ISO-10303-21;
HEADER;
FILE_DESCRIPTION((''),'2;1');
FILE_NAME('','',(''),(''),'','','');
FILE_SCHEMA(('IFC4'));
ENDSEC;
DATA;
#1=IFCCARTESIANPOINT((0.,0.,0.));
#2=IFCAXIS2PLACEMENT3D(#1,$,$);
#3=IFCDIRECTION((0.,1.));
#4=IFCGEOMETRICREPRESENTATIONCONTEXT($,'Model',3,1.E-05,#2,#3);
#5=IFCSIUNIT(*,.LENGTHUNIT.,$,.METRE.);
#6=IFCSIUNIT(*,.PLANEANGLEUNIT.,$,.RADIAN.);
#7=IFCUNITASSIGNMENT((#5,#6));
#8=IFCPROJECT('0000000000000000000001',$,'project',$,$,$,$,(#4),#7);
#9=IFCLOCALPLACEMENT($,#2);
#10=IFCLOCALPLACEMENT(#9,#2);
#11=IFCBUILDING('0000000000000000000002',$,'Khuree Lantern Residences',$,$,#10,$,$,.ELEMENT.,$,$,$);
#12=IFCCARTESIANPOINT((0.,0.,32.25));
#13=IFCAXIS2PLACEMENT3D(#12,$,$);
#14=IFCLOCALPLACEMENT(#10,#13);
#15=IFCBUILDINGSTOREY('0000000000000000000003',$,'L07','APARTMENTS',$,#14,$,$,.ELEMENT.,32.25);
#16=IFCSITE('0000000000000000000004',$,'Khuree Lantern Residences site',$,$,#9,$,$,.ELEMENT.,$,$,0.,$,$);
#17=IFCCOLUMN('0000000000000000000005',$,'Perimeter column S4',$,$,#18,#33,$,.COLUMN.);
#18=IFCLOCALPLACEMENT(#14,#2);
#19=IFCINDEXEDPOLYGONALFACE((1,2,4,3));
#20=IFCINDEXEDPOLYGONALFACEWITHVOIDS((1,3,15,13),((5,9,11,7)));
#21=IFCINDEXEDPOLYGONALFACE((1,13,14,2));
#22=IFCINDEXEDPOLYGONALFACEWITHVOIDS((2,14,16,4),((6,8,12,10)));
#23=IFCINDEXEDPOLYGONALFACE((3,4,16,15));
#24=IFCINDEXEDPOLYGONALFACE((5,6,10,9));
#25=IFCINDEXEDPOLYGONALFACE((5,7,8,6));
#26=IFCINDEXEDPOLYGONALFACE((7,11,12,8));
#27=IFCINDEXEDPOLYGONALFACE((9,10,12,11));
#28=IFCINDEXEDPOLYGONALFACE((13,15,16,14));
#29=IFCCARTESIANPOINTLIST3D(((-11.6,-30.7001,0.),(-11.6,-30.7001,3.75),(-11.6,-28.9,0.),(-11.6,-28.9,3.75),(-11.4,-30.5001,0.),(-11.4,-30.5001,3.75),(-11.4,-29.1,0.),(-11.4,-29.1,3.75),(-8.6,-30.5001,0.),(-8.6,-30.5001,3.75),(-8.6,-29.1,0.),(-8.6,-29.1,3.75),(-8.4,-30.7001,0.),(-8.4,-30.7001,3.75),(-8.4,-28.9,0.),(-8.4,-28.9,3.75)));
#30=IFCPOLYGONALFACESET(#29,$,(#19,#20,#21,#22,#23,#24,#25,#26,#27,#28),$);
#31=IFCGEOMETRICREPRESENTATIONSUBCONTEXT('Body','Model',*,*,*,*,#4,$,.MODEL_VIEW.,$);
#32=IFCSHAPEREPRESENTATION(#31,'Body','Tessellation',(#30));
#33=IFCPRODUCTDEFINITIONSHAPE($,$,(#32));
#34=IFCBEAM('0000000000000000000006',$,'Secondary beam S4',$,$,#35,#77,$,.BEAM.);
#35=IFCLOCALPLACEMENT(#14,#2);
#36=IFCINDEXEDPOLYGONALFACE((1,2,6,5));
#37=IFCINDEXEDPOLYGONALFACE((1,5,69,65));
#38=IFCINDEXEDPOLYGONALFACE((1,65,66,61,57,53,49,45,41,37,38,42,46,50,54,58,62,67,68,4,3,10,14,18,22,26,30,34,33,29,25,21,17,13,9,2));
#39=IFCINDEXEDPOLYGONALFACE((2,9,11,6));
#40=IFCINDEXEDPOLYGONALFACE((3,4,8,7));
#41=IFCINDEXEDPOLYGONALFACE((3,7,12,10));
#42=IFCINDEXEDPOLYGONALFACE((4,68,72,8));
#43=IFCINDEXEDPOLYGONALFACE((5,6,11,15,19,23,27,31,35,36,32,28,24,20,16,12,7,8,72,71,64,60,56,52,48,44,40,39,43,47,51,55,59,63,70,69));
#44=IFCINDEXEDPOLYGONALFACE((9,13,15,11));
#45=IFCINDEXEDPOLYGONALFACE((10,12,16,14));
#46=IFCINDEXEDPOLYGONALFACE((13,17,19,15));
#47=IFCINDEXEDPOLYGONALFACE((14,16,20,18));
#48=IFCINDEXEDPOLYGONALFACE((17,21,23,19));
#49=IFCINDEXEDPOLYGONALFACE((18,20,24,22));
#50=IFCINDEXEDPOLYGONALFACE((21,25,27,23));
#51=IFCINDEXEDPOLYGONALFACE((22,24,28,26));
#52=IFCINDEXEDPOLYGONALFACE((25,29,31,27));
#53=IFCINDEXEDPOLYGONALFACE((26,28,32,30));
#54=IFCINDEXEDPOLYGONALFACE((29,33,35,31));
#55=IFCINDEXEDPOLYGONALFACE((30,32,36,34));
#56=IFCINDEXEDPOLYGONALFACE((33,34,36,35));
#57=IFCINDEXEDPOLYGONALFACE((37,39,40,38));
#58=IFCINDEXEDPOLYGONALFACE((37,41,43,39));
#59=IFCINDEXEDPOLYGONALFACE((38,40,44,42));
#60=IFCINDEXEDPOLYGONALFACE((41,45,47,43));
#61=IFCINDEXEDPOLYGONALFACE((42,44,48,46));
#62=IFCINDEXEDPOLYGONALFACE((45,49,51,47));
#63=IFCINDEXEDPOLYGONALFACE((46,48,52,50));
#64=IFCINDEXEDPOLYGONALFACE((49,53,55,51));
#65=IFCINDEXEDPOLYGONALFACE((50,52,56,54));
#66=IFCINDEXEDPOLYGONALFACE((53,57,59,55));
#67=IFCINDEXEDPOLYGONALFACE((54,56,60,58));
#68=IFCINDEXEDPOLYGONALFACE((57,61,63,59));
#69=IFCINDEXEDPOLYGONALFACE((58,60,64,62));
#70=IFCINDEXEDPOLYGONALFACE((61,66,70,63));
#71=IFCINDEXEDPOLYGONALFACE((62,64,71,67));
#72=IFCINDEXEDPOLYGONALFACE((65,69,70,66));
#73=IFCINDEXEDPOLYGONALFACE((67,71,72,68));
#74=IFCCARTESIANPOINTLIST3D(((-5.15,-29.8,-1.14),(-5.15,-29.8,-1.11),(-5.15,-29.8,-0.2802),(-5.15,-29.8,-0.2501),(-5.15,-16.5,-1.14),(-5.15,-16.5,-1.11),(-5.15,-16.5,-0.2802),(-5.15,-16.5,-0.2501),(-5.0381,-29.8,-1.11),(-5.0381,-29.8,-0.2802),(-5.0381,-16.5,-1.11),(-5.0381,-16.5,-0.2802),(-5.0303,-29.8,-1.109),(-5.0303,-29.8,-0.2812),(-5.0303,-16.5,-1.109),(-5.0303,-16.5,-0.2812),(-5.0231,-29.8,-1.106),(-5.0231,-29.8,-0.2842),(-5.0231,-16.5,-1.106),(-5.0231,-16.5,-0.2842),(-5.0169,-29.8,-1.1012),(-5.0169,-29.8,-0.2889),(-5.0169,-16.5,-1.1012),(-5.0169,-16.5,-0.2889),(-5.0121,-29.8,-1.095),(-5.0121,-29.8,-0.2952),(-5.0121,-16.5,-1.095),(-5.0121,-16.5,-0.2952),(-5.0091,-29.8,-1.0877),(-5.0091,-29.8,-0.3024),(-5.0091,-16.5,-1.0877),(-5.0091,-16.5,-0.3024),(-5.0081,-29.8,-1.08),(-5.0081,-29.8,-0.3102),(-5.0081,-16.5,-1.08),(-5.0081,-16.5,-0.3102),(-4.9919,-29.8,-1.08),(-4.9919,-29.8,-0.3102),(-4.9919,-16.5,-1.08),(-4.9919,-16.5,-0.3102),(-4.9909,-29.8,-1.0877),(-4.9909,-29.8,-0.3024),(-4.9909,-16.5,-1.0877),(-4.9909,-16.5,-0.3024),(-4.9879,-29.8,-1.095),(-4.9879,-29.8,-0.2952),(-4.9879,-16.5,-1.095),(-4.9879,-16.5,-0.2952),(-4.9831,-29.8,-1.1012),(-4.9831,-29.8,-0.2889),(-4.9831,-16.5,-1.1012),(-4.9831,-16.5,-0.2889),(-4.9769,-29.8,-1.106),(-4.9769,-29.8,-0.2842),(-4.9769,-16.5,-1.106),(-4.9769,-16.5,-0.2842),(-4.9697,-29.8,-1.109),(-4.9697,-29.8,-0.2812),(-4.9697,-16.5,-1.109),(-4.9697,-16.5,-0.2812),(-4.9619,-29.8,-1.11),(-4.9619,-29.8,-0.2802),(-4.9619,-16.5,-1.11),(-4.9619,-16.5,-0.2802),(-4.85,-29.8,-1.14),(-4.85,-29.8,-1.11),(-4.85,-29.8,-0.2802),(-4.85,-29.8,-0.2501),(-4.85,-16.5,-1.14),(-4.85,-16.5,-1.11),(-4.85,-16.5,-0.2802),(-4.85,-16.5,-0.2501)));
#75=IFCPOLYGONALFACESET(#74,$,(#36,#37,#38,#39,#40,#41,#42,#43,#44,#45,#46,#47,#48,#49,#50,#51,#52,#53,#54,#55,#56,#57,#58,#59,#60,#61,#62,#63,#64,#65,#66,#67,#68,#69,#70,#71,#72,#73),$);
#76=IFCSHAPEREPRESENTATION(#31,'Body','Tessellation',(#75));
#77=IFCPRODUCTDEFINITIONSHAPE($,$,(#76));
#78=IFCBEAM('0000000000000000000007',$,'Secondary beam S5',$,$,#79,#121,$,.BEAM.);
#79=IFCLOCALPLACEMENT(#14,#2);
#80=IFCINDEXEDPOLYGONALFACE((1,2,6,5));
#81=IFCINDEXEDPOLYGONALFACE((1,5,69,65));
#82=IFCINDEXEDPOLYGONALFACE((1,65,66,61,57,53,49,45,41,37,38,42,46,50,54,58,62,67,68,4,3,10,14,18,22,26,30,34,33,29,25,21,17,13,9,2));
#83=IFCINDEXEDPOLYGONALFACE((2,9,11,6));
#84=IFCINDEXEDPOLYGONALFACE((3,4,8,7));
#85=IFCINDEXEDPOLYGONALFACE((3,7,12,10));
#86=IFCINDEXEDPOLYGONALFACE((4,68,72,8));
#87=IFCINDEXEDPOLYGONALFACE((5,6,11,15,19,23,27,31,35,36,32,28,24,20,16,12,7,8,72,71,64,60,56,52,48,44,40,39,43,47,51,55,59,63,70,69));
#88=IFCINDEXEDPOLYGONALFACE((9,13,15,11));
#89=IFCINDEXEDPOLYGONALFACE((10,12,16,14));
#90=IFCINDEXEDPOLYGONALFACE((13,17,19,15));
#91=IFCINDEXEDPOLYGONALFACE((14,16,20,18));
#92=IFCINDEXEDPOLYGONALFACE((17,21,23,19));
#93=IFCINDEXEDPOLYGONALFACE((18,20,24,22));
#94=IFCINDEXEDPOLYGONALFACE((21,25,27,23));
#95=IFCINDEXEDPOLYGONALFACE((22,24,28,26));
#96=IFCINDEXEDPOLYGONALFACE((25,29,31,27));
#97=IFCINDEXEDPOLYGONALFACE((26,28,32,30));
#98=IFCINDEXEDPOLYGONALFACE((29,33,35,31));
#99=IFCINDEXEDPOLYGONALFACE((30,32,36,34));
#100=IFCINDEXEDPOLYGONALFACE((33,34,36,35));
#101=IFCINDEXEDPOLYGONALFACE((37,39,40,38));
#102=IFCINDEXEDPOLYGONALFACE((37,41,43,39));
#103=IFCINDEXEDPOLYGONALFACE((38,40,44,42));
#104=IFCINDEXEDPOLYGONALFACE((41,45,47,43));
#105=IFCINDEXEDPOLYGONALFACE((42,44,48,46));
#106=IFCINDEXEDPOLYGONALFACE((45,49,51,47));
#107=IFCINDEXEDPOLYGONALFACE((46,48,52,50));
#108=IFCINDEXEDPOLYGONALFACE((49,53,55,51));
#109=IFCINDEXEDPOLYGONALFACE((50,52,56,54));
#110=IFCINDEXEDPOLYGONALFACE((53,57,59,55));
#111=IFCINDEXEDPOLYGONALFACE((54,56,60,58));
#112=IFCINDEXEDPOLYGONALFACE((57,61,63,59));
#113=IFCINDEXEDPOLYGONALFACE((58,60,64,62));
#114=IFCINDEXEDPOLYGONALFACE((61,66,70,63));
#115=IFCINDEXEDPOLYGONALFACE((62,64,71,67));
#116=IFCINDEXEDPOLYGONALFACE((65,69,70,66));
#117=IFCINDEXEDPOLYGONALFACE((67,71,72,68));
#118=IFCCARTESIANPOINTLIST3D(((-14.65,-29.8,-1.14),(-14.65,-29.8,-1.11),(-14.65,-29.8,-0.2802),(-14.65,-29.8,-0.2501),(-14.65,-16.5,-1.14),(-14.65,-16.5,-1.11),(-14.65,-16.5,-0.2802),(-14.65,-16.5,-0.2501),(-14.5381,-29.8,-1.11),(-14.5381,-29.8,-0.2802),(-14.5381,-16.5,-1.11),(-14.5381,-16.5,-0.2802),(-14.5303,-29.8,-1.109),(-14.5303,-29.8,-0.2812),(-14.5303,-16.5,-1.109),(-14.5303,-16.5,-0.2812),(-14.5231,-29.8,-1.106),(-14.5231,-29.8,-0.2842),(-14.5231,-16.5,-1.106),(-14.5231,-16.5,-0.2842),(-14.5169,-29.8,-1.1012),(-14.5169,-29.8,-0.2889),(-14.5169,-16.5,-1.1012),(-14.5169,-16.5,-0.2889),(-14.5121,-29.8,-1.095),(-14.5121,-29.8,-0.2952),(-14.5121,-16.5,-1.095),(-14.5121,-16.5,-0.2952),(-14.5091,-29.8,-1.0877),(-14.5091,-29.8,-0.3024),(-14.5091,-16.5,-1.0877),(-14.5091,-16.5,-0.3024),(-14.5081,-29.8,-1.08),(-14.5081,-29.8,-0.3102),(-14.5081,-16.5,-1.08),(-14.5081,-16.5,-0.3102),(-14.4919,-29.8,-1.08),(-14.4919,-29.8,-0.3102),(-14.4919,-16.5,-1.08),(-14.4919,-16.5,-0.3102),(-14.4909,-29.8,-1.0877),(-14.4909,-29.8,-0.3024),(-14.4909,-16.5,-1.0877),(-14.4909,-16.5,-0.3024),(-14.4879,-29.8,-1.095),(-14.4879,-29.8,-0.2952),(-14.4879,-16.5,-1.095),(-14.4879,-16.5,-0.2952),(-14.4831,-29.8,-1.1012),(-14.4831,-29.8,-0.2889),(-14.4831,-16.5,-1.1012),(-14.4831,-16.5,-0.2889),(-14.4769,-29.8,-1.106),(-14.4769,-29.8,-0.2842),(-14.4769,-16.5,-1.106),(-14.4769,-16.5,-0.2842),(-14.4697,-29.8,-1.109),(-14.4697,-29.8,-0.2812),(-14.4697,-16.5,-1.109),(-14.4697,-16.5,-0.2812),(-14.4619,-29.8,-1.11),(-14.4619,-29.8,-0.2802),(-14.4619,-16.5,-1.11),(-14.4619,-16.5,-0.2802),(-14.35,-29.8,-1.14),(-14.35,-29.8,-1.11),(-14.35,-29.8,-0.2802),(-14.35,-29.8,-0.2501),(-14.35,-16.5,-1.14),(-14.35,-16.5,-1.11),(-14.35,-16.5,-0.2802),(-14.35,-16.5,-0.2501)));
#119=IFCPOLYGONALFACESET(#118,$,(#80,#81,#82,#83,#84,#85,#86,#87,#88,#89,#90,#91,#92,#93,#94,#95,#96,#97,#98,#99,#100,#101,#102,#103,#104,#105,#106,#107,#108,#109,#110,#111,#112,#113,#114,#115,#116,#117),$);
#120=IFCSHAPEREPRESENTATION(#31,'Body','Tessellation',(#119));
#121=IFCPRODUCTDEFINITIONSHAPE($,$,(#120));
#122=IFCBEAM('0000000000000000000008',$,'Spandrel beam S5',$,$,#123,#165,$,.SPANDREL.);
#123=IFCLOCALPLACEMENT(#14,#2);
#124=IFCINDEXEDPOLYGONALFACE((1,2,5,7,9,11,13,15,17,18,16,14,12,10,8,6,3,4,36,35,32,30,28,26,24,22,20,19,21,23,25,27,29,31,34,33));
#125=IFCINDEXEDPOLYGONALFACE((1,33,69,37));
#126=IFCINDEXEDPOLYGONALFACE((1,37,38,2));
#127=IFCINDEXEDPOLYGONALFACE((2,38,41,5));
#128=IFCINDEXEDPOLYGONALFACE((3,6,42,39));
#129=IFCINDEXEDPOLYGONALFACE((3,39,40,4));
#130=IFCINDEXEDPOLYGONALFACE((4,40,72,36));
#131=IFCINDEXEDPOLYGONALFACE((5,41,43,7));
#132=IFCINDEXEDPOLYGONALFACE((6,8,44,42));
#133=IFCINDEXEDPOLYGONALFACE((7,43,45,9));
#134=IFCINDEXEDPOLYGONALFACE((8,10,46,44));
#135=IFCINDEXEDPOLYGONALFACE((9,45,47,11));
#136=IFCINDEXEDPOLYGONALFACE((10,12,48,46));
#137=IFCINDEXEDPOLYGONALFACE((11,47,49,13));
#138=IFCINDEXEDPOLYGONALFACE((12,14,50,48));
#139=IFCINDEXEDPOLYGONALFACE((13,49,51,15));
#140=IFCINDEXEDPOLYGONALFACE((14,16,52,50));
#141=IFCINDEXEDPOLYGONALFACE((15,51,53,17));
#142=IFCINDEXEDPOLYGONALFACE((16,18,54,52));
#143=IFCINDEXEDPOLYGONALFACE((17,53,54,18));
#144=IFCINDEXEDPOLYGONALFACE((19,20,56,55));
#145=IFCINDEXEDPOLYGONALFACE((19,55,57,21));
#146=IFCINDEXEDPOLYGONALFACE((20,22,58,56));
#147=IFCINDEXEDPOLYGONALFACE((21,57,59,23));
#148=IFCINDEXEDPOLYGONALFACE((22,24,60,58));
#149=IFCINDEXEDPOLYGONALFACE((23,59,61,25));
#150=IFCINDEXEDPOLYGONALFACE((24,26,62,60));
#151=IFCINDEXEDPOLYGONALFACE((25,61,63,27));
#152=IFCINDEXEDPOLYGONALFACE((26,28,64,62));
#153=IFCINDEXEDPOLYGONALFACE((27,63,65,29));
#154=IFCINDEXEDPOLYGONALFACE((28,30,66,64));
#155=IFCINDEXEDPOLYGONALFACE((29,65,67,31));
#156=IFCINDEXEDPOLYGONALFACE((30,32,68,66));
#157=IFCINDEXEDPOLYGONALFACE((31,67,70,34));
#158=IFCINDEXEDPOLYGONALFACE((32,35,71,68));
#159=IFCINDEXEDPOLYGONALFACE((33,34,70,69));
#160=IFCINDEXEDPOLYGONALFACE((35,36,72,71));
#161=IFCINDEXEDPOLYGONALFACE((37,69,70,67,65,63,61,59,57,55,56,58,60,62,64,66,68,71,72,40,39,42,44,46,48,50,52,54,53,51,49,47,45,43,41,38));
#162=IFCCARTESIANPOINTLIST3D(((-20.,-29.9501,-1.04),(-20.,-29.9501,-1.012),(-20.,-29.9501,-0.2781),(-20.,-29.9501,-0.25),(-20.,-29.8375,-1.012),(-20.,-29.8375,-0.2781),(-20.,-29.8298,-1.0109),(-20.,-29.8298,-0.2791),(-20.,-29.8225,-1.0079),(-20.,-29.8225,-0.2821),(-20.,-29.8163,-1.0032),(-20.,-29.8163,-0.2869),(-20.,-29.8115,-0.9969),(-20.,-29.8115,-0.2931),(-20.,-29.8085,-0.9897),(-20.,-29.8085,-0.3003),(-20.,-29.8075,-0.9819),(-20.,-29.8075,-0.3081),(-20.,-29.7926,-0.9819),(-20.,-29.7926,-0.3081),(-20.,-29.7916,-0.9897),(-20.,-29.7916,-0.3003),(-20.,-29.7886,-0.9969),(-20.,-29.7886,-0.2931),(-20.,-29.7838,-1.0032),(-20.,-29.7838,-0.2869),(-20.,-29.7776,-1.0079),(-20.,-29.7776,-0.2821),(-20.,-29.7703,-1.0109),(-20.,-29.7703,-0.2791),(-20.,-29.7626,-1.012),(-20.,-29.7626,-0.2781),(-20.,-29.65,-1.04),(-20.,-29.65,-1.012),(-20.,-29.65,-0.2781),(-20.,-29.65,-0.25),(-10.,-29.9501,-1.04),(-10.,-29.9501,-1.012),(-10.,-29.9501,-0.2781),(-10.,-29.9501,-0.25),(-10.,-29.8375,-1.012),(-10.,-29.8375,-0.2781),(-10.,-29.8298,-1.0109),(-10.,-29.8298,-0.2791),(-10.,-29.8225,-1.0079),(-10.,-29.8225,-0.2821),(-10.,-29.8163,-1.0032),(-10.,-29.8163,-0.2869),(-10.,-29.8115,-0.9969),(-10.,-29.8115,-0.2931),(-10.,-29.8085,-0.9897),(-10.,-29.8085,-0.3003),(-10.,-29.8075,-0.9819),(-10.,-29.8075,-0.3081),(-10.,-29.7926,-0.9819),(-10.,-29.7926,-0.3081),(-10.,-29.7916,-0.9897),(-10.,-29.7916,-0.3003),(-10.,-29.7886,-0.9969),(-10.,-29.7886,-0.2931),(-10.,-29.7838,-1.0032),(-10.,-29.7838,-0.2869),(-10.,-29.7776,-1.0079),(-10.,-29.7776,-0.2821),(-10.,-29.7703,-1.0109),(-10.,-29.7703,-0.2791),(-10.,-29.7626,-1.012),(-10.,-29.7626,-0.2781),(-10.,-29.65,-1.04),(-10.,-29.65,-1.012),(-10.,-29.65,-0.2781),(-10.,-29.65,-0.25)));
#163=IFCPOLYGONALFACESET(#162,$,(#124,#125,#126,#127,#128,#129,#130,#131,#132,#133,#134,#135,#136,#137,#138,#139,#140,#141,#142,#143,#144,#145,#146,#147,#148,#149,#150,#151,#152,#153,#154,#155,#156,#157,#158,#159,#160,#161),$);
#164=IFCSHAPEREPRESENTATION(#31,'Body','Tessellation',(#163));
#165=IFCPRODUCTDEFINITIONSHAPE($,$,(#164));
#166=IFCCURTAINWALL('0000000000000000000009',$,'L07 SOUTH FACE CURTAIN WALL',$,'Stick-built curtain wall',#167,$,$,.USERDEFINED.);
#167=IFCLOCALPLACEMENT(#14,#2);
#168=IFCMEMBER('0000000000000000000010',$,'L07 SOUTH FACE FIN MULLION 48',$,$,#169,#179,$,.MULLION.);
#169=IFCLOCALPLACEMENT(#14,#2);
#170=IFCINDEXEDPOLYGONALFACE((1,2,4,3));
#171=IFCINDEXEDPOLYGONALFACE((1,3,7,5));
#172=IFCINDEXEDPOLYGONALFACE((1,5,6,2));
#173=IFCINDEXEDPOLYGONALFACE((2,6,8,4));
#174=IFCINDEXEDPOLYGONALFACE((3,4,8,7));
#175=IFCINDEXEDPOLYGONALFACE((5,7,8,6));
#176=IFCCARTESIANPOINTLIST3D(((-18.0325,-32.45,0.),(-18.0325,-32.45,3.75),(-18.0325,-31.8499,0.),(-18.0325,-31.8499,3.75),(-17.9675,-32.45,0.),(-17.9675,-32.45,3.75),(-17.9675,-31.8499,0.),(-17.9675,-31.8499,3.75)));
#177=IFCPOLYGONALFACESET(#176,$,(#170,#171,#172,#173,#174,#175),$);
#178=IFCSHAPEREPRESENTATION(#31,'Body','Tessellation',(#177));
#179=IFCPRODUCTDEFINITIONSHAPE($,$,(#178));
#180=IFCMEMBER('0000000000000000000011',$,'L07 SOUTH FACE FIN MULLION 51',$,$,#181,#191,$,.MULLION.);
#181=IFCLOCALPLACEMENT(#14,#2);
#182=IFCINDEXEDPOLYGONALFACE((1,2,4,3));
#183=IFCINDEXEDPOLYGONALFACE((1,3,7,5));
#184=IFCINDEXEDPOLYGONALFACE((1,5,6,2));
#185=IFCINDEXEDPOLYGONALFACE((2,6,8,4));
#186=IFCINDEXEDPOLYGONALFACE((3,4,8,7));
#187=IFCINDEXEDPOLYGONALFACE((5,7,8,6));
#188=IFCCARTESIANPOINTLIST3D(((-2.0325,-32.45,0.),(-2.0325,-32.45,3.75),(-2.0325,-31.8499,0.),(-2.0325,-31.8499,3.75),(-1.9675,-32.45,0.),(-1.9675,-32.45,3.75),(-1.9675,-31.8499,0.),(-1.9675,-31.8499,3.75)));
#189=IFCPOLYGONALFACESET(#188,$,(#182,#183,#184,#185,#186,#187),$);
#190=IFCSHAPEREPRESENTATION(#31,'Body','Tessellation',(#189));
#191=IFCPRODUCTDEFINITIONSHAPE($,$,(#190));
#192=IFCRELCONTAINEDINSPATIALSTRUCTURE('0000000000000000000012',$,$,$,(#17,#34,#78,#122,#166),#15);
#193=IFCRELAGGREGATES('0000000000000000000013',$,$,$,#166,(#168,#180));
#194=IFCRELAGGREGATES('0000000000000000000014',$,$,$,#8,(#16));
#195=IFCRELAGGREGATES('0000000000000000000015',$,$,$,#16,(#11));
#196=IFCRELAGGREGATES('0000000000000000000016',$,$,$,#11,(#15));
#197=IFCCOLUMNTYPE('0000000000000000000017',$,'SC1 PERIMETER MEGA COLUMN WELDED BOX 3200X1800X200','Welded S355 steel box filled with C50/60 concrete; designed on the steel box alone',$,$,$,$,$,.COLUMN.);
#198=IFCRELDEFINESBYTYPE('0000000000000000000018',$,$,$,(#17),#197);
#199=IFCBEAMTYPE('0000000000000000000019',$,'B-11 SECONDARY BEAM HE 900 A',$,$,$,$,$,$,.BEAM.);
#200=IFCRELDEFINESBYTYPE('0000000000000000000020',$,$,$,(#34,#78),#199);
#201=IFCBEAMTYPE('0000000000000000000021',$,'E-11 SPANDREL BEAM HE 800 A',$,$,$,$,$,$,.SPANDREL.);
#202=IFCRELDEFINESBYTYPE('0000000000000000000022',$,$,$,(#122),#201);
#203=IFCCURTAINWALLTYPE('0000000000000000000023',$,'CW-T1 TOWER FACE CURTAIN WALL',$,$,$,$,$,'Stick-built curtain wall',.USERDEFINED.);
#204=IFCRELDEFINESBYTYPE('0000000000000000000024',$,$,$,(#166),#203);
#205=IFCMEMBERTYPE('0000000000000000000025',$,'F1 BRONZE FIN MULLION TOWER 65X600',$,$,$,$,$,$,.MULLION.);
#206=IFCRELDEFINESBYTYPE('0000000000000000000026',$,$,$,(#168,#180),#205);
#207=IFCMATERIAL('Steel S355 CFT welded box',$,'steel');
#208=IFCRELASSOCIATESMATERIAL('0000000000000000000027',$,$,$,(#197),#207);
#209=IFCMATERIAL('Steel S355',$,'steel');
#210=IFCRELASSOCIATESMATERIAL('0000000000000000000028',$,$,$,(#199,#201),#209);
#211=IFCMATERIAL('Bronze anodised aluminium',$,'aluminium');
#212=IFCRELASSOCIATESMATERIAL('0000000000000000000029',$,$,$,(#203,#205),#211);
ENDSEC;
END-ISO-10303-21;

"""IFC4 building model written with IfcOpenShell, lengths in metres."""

from ifc_helpers import new_model, si_unit, direction, frame, origin, origin_2d, place, context, subcontext, project, spatial, rectangle, hollow_rectangle, i_section, extrude, material, material_profile, profile_set, type_object, element, aggregate, save


model = new_model("IFC4")

# Units and contexts
model_context = context("Model", 3, precision=1e-05, world=origin(), true_north=direction((0.0, 1.0)))
body_context = subcontext(model_context, "Body", "Model", "MODEL_VIEW")
ifc_project = project(units=[si_unit("LENGTHUNIT", "METRE"), si_unit("PLANEANGLEUNIT", "RADIAN")], contexts=[model_context])

# Site, building, storey
site_placement = place(None, origin())
site = spatial("IfcSite", under=ifc_project, at=site_placement, Name="Khuree Lantern Residences site", CompositionType="ELEMENT", RefElevation=0.0)
building_placement = place(site_placement, origin())
building = spatial("IfcBuilding", under=site, at=building_placement, Name="Khuree Lantern Residences", CompositionType="ELEMENT")
storey_placement = place(building_placement, frame((0.0, 0.0, 32.25)))
storey = spatial("IfcBuildingStorey", under=building, at=storey_placement, Name="L07", Description="APARTMENTS", CompositionType="ELEMENT", Elevation=32.25)

# Column
ifc_material_1 = material(Name="Steel S355 CFT welded box", Category="steel")
ifc_material_profile_1 = material_profile(ifc_material_1, hollow_rectangle(XDim=3.2, YDim=1.8, WallThickness=0.2, at=origin_2d()), Name="WELDED BOX 3200X1800X200")
ifc_profile_set_1 = profile_set([ifc_material_profile_1], Name="Steel S355 CFT welded box")
column_type = type_object("IfcColumnType", Name="SC1 PERIMETER MEGA COLUMN WELDED BOX 3200X1800X200", Description="Welded S355 steel box filled with C50/60 concrete; designed on the steel box alone", PredefinedType="COLUMN", material=ifc_profile_set_1)
column_placement = place(storey_placement, frame((-10.0, -29.8, 0.0), z_axis=(0.0, 0.0, 1.0), x_axis=(1.0, 0.0, 0.0)))
element("IfcColumn", 1, at=column_placement, inside=storey, type_object=column_type, Name="Perimeter column S4", PredefinedType="COLUMN", context=body_context, shape_type="SweptSolid", body=[
    extrude(hollow_rectangle(XDim=3.2, YDim=1.8, WallThickness=0.2, at=origin_2d()), origin(), (0.0, 0.0, 1.0), 3.75),
])

# Beams
ifc_material_2 = material(Name="Steel S355", Category="steel")
ifc_material_profile_2 = material_profile(ifc_material_2, i_section(OverallWidth=0.3, OverallDepth=0.8899, WebThickness=0.0161, FlangeThickness=0.03, FilletRadius=0.03, at=origin_2d()), Name="HE 900 A")
ifc_profile_set_2 = profile_set([ifc_material_profile_2], Name="Steel S355")
beam_type_1 = type_object("IfcBeamType", Name="B-11 SECONDARY BEAM HE 900 A", PredefinedType="BEAM", material=ifc_profile_set_2)
for number, where, z_axis, x_axis, name in (
    (2, (-5.0, -29.8, -0.6951), (0.0, 1.0, 0.0), (-1.0, 0.0, 0.0), "Secondary beam S4"),
    (3, (-14.5, -29.8, -0.6951), (0.0, 1.0, 0.0), (-1.0, 0.0, 0.0), "Secondary beam S5"),
):
    element("IfcBeam", number, at=place(storey_placement, frame(where, z_axis=z_axis, x_axis=x_axis)), inside=storey, type_object=beam_type_1, Name=name, PredefinedType="BEAM", context=body_context, shape_type="SweptSolid", body=[
        extrude(i_section(OverallWidth=0.3, OverallDepth=0.8899, WebThickness=0.0161, FlangeThickness=0.03, FilletRadius=0.03, at=origin_2d()), origin(), (0.0, 0.0, 1.0), 13.3),
    ])
ifc_material_profile_3 = material_profile(ifc_material_2, i_section(OverallWidth=0.3, OverallDepth=0.79, WebThickness=0.0149, FlangeThickness=0.0281, FilletRadius=0.03, at=origin_2d()), Name="HE 800 A")
ifc_profile_set_3 = profile_set([ifc_material_profile_3], Name="Steel S355")
beam_type_2 = type_object("IfcBeamType", Name="E-11 SPANDREL BEAM HE 800 A", PredefinedType="SPANDREL", material=ifc_profile_set_3)
beam_1_placement = place(storey_placement, frame((-10.0, -29.8, -0.645), z_axis=(-1.0, 0.0, 0.0), x_axis=(0.0, -1.0, 0.0)))
element("IfcBeam", 4, at=beam_1_placement, inside=storey, type_object=beam_type_2, Name="Spandrel beam S5", PredefinedType="SPANDREL", context=body_context, shape_type="SweptSolid", body=[
    extrude(i_section(OverallWidth=0.3, OverallDepth=0.79, WebThickness=0.0149, FlangeThickness=0.0281, FilletRadius=0.03, at=origin_2d()), origin(), (0.0, 0.0, 1.0), 10.0),
])

# Curtain wall, members
ifc_material_3 = material(Name="Bronze anodised aluminium", Category="aluminium")
curtain_wall_type = type_object("IfcCurtainWallType", Name="CW-T1 TOWER FACE CURTAIN WALL", ElementType="Stick-built curtain wall", PredefinedType="USERDEFINED", material=ifc_material_3)
curtain_wall_placement = place(storey_placement, origin())
curtain_wall = element("IfcCurtainWall", 5, at=curtain_wall_placement, inside=storey, type_object=curtain_wall_type, Name="L07 SOUTH FACE CURTAIN WALL", ObjectType="Stick-built curtain wall", PredefinedType="USERDEFINED")
ifc_material_profile_4 = material_profile(ifc_material_3, rectangle(XDim=0.0649, YDim=0.6001, at=origin_2d()), Name="F1 65X600")
ifc_profile_set_4 = profile_set([ifc_material_profile_4], Name="Bronze anodised aluminium")
member_type_1 = type_object("IfcMemberType", Name="F1 BRONZE FIN MULLION TOWER 65X600", PredefinedType="MULLION", material=ifc_profile_set_4)
member_1_placement = place(storey_placement, frame((-18.0, -32.1499, 0.0), z_axis=(0.0, 0.0, 1.0), x_axis=(1.0, 0.0, 0.0)))
member_1 = element("IfcMember", 6, at=member_1_placement, type_object=member_type_1, Name="L07 SOUTH FACE FIN MULLION 48", PredefinedType="MULLION", context=body_context, shape_type="SweptSolid", body=[
    extrude(rectangle(XDim=0.0649, YDim=0.6001, at=origin_2d()), origin(), (0.0, 0.0, 1.0), 3.75),
])
member_2_placement = place(storey_placement, frame((-2.0, -32.1499, 0.0), z_axis=(0.0, 0.0, 1.0), x_axis=(1.0, 0.0, 0.0)))
member_2 = element("IfcMember", 7, at=member_2_placement, type_object=member_type_1, Name="L07 SOUTH FACE FIN MULLION 51", PredefinedType="MULLION", context=body_context, shape_type="SweptSolid", body=[
    extrude(rectangle(XDim=0.0649, YDim=0.6001, at=origin_2d()), origin(), (0.0, 0.0, 1.0), 3.75),
])

aggregate(curtain_wall, [member_1, member_2])

save(model, "model.ifc")
